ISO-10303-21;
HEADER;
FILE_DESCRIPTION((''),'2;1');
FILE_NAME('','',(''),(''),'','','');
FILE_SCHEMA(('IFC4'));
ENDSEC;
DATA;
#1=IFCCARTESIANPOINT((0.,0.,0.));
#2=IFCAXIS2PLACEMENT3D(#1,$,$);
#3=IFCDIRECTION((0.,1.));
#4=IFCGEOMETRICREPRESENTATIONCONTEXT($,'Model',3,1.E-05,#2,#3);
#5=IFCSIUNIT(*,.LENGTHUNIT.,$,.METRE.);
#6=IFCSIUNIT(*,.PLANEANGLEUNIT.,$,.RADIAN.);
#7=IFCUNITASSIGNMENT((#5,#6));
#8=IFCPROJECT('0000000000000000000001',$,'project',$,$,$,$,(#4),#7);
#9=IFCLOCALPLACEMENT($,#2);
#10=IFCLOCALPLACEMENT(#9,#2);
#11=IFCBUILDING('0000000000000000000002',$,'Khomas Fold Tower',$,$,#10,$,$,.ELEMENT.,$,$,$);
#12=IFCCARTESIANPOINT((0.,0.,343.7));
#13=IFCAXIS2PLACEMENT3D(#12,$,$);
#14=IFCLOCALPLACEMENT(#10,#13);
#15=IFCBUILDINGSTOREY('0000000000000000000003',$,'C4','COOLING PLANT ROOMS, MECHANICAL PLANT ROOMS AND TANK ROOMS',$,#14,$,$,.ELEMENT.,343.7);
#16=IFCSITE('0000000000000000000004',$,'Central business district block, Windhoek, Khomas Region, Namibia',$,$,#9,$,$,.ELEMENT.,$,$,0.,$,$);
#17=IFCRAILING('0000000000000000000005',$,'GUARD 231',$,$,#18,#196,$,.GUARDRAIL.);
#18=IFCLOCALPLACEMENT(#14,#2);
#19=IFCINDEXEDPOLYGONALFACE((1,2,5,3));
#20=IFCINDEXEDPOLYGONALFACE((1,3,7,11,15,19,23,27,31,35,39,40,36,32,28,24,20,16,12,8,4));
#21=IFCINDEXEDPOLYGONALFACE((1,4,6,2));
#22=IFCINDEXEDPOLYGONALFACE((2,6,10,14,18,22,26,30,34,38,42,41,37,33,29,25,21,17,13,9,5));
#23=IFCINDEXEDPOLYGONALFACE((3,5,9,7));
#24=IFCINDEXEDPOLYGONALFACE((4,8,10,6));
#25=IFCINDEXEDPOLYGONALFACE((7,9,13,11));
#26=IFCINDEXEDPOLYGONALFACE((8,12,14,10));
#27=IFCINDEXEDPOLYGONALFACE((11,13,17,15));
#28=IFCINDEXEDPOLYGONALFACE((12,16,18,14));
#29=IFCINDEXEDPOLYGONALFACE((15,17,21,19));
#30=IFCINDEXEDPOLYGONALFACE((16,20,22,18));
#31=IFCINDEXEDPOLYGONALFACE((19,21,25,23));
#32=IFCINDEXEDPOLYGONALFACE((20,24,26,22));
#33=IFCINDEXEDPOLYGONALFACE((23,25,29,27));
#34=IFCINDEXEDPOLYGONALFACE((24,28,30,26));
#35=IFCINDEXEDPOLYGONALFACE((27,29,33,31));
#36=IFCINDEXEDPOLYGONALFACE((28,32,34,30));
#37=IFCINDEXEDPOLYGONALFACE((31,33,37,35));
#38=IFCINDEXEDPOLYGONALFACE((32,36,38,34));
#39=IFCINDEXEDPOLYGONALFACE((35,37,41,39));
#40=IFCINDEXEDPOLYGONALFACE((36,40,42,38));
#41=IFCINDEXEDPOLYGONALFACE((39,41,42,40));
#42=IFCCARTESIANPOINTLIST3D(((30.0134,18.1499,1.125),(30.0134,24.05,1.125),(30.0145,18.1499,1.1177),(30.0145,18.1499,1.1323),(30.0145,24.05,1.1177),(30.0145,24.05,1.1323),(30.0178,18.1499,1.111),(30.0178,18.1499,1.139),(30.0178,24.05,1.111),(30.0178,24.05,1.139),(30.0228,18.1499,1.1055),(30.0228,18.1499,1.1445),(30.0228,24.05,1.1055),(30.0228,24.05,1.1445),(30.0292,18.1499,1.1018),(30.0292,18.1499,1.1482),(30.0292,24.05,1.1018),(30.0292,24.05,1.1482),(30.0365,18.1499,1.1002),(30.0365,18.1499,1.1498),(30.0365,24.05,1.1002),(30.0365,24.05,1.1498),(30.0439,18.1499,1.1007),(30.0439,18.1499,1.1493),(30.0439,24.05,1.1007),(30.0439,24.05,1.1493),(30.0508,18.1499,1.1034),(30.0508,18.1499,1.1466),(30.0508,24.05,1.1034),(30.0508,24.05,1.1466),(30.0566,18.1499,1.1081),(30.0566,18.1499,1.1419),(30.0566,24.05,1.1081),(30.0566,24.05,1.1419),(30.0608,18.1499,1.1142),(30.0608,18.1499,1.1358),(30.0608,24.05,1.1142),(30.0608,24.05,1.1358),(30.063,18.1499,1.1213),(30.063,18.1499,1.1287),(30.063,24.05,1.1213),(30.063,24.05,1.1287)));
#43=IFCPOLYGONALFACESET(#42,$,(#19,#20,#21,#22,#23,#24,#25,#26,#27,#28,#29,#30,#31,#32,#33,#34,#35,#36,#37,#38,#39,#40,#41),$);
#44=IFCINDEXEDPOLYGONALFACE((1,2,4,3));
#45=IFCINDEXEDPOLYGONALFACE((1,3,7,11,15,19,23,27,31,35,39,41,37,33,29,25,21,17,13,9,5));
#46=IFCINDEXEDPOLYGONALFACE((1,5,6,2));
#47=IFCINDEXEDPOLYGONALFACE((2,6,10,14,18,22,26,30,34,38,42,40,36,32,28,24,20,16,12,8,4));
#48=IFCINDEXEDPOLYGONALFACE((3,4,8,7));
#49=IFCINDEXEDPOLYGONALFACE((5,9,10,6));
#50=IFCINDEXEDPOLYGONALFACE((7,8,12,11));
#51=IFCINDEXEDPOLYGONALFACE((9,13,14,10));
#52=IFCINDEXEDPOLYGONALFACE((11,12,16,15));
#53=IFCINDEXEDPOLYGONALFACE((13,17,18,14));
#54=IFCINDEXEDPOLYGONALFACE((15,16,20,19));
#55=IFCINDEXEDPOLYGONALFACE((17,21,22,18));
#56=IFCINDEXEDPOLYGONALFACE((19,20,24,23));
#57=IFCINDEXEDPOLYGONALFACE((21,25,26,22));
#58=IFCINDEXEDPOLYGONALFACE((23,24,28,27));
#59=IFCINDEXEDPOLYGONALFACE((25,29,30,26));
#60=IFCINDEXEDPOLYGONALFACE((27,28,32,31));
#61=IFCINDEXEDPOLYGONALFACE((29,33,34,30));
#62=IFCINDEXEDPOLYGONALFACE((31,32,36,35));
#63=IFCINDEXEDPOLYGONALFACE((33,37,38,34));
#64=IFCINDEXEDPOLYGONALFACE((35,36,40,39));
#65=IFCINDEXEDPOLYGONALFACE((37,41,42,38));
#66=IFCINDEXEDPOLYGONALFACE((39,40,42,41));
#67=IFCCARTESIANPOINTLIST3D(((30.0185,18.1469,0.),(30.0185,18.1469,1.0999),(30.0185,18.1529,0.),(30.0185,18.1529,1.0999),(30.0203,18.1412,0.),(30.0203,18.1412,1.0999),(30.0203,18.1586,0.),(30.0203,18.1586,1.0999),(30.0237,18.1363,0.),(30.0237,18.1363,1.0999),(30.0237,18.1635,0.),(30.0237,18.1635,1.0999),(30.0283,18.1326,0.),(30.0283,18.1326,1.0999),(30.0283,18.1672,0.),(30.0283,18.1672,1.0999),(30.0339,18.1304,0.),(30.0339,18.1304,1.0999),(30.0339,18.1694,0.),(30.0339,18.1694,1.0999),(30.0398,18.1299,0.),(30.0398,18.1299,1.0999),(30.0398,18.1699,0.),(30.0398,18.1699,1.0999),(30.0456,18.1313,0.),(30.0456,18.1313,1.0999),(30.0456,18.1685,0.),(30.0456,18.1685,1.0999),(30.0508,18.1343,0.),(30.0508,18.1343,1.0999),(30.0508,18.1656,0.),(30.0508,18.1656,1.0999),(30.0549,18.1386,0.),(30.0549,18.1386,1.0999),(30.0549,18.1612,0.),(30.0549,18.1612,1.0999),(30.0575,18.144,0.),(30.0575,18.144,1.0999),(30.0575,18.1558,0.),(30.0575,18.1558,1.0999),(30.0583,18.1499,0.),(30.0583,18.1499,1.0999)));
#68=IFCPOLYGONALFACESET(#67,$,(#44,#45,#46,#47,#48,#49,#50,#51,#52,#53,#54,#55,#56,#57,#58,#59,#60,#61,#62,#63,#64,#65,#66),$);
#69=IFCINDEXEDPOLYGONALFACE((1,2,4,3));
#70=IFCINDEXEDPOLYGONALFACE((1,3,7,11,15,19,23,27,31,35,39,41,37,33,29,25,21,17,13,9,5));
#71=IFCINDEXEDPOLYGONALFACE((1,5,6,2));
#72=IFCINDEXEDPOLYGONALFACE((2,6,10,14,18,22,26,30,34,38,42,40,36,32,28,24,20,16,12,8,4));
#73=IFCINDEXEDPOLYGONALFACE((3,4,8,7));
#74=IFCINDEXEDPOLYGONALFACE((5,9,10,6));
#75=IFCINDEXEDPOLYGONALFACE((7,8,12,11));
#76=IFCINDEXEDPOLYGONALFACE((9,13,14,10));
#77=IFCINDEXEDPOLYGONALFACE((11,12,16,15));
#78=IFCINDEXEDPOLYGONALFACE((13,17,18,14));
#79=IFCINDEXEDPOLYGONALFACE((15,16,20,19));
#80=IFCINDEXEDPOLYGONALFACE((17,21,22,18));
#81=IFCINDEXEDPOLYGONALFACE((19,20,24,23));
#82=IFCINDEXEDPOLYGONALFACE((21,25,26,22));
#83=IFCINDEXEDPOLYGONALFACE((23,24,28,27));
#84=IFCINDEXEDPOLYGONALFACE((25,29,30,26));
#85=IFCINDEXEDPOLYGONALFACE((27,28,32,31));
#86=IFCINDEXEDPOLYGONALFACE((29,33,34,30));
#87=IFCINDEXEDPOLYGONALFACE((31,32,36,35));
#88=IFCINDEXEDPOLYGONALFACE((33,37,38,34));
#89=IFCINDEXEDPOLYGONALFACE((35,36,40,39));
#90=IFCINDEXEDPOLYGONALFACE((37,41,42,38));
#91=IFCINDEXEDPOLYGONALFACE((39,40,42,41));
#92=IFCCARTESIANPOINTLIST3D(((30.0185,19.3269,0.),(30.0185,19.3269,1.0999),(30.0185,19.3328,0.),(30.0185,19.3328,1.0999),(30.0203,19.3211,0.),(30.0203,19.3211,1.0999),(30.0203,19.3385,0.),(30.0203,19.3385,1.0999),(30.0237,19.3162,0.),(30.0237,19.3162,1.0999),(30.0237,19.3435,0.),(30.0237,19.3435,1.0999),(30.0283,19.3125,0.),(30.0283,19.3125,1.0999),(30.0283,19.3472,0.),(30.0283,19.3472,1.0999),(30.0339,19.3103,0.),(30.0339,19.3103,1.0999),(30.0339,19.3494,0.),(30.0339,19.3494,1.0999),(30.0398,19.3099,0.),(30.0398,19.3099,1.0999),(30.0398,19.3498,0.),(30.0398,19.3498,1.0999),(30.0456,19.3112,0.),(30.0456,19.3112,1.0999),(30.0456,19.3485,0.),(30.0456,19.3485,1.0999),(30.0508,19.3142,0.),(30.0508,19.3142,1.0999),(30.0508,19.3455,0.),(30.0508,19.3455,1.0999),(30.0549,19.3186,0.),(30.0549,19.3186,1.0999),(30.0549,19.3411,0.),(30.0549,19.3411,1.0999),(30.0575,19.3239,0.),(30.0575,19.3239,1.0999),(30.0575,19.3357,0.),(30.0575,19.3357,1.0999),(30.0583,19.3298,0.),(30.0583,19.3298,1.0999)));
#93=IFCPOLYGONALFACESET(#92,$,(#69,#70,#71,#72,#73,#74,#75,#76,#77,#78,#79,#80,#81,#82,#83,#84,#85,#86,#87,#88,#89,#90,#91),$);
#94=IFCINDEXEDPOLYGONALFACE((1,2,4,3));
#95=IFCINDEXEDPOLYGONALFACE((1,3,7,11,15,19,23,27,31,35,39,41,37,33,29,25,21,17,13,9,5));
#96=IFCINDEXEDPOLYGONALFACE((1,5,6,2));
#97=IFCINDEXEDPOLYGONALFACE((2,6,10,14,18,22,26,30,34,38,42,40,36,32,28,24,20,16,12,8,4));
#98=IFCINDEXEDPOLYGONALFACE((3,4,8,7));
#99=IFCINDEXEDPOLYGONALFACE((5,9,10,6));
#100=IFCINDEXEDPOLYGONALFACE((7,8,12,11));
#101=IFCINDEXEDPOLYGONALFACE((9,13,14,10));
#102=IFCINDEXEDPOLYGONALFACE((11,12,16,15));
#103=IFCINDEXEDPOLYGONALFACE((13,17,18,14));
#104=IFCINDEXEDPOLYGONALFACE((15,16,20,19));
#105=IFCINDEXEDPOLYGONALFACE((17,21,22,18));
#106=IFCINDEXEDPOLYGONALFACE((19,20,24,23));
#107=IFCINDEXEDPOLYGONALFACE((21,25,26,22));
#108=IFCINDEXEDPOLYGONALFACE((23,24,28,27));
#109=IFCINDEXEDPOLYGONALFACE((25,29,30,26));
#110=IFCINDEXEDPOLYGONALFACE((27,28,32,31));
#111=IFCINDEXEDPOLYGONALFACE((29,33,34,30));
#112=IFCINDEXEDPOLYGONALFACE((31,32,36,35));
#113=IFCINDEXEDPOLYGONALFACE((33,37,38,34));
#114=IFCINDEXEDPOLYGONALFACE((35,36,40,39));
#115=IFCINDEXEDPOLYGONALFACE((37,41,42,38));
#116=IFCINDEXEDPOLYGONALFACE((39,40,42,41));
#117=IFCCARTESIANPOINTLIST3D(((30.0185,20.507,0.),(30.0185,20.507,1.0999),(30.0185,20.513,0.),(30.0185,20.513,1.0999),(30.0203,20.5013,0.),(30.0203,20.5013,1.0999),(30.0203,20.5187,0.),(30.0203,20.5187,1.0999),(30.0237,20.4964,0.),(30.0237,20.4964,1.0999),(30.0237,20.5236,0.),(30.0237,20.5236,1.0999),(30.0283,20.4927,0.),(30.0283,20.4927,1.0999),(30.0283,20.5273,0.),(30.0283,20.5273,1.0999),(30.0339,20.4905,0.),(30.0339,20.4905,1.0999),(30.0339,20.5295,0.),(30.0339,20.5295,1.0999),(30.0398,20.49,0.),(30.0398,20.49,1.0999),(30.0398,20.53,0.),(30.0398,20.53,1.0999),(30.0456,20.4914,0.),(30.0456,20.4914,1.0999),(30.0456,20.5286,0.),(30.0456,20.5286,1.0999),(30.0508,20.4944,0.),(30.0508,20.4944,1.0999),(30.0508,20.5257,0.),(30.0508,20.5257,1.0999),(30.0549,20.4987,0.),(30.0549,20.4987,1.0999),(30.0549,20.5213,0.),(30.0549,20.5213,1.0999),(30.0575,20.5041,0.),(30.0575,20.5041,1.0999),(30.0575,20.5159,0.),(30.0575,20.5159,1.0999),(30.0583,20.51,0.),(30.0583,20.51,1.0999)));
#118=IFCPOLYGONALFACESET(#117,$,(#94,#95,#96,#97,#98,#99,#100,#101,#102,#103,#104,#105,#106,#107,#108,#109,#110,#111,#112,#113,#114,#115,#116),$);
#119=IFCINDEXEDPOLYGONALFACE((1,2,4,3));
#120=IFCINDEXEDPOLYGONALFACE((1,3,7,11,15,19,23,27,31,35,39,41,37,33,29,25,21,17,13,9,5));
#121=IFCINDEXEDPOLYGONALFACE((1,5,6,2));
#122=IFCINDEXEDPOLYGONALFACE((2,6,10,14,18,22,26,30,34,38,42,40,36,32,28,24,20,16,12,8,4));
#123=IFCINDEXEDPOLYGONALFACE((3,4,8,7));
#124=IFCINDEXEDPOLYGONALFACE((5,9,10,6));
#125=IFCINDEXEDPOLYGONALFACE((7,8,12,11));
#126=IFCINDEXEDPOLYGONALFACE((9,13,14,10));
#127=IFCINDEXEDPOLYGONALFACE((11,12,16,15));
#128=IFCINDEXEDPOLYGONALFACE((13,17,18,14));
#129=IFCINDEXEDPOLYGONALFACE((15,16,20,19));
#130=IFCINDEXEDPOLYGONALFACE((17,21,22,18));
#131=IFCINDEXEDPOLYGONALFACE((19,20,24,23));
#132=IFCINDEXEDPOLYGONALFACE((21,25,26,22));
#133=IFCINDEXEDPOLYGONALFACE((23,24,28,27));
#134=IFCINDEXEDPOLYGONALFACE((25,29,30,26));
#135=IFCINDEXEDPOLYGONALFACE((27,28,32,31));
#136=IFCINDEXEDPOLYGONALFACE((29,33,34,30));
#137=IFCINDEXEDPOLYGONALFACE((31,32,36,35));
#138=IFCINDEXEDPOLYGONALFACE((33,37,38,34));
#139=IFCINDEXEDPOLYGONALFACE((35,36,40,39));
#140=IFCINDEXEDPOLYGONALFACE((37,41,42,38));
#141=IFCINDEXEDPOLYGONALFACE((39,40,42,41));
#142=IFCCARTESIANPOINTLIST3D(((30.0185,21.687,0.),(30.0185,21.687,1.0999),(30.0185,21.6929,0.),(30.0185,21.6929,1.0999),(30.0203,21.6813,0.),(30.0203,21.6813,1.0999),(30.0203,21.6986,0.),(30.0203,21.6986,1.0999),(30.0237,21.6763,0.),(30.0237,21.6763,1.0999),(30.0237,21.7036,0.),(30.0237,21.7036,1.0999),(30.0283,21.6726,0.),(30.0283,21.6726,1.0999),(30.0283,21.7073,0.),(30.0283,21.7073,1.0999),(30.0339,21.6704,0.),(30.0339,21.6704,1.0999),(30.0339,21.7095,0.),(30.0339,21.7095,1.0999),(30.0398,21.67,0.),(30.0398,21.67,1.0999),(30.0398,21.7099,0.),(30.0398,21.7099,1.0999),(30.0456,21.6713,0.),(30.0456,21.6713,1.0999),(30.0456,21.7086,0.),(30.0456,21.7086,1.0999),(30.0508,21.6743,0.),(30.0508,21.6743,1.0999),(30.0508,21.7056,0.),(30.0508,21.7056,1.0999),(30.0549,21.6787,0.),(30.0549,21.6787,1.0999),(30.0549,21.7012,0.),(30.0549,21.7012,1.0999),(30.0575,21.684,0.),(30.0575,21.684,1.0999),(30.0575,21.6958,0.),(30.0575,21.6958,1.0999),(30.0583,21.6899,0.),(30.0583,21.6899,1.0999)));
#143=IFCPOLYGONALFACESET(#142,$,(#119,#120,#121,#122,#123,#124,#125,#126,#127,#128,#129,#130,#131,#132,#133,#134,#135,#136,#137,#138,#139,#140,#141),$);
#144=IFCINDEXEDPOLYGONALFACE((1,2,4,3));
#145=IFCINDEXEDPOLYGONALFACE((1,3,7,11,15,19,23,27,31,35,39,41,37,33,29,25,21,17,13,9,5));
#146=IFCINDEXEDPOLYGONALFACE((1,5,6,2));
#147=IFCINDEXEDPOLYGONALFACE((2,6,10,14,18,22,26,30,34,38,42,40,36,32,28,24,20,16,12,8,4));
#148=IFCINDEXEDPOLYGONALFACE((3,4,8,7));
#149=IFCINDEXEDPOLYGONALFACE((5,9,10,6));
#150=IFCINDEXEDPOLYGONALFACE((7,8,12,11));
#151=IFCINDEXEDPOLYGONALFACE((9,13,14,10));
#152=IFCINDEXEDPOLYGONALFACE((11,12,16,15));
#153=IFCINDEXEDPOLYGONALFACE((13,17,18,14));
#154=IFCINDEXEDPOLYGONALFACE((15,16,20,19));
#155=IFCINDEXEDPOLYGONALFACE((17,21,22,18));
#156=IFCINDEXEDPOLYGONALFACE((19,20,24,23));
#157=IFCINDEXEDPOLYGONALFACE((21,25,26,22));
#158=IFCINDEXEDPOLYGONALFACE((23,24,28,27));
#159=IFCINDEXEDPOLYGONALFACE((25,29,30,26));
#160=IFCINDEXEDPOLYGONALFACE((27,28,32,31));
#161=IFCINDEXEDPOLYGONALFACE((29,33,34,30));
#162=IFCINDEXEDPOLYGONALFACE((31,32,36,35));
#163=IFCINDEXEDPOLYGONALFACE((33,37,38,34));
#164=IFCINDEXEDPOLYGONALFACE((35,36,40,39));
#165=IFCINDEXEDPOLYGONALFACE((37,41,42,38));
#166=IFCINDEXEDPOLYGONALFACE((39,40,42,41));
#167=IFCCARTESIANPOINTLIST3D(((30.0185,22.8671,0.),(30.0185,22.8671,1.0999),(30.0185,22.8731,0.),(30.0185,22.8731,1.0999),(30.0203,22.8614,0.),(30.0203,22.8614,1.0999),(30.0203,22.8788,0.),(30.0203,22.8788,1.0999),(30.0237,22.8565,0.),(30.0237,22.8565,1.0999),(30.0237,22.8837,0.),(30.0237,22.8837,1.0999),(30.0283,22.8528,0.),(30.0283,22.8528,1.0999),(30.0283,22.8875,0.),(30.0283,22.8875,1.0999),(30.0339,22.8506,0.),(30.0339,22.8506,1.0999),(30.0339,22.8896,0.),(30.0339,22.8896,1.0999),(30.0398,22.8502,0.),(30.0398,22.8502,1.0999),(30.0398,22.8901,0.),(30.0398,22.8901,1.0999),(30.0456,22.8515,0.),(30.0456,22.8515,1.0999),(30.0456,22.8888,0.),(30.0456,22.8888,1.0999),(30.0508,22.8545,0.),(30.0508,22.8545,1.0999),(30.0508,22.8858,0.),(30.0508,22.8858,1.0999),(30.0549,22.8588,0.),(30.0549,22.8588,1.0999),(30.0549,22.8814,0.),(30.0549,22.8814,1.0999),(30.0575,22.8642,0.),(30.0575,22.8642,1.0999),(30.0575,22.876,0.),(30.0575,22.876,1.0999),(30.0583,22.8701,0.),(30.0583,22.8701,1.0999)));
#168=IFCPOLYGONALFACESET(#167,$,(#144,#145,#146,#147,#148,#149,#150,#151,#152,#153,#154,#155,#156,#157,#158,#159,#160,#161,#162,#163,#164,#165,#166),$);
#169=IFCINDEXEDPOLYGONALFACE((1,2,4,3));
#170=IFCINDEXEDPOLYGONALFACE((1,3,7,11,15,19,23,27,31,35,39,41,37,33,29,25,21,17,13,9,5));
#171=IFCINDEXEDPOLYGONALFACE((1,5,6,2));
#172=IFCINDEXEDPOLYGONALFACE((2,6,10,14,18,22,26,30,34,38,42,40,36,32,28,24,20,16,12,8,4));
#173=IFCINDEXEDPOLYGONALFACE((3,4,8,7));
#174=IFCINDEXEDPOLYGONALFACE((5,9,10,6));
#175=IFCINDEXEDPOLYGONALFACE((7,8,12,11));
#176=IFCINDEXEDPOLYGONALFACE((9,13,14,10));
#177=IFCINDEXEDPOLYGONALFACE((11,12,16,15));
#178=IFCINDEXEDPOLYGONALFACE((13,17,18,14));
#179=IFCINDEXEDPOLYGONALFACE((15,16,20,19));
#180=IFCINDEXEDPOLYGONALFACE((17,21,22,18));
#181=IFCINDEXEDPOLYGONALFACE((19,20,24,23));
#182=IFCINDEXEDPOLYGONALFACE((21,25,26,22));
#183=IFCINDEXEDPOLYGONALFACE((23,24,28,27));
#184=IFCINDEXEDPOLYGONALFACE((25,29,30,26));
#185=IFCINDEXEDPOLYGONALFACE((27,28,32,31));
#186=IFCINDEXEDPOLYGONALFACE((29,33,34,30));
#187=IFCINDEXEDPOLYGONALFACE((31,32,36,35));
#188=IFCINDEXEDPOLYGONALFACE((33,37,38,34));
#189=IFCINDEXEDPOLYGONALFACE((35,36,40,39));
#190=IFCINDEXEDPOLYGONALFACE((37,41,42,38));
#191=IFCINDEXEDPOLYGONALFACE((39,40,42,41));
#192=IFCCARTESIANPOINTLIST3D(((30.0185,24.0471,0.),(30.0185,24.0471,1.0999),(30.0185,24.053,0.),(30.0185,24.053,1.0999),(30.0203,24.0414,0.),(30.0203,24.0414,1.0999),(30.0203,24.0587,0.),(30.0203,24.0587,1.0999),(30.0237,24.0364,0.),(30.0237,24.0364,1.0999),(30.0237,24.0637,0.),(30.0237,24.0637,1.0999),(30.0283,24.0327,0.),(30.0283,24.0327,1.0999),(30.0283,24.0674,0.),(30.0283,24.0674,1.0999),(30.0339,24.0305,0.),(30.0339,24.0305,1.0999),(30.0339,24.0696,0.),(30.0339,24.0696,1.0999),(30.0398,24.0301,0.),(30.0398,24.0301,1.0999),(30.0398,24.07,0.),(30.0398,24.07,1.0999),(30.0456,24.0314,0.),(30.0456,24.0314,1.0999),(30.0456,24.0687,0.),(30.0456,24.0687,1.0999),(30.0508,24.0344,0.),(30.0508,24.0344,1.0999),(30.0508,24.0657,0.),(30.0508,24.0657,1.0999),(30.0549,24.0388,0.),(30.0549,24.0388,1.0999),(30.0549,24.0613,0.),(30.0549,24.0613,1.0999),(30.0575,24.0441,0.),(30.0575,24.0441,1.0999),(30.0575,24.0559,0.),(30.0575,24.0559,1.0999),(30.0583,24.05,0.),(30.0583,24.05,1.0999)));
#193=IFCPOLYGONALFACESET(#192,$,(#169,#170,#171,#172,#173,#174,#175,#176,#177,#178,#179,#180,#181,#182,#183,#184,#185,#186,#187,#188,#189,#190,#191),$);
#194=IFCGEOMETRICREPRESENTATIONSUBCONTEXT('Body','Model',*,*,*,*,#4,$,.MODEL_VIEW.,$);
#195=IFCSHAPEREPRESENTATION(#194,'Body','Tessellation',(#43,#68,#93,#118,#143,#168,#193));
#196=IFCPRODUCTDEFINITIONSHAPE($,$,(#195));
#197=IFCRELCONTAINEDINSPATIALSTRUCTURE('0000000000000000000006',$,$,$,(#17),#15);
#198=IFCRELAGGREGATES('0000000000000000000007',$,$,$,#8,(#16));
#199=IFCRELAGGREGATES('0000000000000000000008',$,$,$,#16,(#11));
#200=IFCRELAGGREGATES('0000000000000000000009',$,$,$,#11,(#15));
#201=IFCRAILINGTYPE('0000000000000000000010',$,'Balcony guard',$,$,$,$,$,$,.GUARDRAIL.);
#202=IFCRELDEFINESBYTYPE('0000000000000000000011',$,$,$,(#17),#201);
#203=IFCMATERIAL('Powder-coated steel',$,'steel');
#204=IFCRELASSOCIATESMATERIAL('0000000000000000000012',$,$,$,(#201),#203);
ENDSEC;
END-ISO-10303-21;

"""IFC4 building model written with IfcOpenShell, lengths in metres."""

from ifc_helpers import new_model, si_unit, direction, frame, origin, origin_2d, place, context, subcontext, project, spatial, circle, extrude, source, transform, mapped, material, type_object, element, save


model = new_model("IFC4")

# Units and contexts
model_context = context("Model", 3, precision=1e-05, world=origin(), true_north=direction((0.0, 1.0)))
body_context = subcontext(model_context, "Body", "Model", "MODEL_VIEW")
ifc_project = project(units=[si_unit("LENGTHUNIT", "METRE"), si_unit("PLANEANGLEUNIT", "RADIAN")], contexts=[model_context])

# Site, building, storey
site_placement = place(None, origin())
site = spatial("IfcSite", under=ifc_project, at=site_placement, Name="Central business district block, Windhoek, Khomas Region, Namibia", CompositionType="ELEMENT", RefElevation=0.0)
building_placement = place(site_placement, origin())
building = spatial("IfcBuilding", under=site, at=building_placement, Name="Khomas Fold Tower", CompositionType="ELEMENT")
storey_placement = place(building_placement, frame((0.0, 0.0, 343.7)))
storey = spatial("IfcBuildingStorey", under=building, at=storey_placement, Name="C4", Description="COOLING PLANT ROOMS, MECHANICAL PLANT ROOMS AND TANK ROOMS", CompositionType="ELEMENT", Elevation=343.7)

# Railing
ifc_material_1 = material(Name="Powder-coated steel", Category="steel")
railing_type_1 = type_object("IfcRailingType", Name="Balcony guard", PredefinedType="GUARDRAIL", material=ifc_material_1)
shared_shape_1 = source(origin(), body_context, "Body", "SweptSolid", [
    extrude(circle(Radius=0.0249, at=origin_2d()), frame((0.0, 0.0, 1.125), z_axis=(0.0, 1.0, 0.0), x_axis=(-1.0, 0.0, 0.0)), (0.0, 0.0, 1.0), 5.9001),
    extrude(circle(Radius=0.02, at=origin_2d()), origin(), (0.0, 0.0, 1.0), 1.0999),
    extrude(circle(Radius=0.02, at=origin_2d()), frame((0.0, 1.1799, 0.0)), (0.0, 0.0, 1.0), 1.0999),
    extrude(circle(Radius=0.02, at=origin_2d()), frame((0.0, 2.3601, 0.0)), (0.0, 0.0, 1.0), 1.0999),
    extrude(circle(Radius=0.02, at=origin_2d()), frame((0.0, 3.54, 0.0)), (0.0, 0.0, 1.0), 1.0999),
    extrude(circle(Radius=0.02, at=origin_2d()), frame((0.0, 4.7202, 0.0)), (0.0, 0.0, 1.0), 1.0999),
    extrude(circle(Radius=0.02, at=origin_2d()), frame((0.0, 5.9001, 0.0)), (0.0, 0.0, 1.0), 1.0999),
])
railing_1_placement = place(storey_placement, frame((30.0383, 18.1499, 0.0)))
element("IfcRailing", 1, at=railing_1_placement, inside=storey, type_object=railing_type_1, Name="GUARD 231", PredefinedType="GUARDRAIL", context=body_context, shape_type="MappedRepresentation", body=[
    mapped(shared_shape_1, transform((0.0, 0.0, 0.0))),
])

save(model, "model.ifc")
